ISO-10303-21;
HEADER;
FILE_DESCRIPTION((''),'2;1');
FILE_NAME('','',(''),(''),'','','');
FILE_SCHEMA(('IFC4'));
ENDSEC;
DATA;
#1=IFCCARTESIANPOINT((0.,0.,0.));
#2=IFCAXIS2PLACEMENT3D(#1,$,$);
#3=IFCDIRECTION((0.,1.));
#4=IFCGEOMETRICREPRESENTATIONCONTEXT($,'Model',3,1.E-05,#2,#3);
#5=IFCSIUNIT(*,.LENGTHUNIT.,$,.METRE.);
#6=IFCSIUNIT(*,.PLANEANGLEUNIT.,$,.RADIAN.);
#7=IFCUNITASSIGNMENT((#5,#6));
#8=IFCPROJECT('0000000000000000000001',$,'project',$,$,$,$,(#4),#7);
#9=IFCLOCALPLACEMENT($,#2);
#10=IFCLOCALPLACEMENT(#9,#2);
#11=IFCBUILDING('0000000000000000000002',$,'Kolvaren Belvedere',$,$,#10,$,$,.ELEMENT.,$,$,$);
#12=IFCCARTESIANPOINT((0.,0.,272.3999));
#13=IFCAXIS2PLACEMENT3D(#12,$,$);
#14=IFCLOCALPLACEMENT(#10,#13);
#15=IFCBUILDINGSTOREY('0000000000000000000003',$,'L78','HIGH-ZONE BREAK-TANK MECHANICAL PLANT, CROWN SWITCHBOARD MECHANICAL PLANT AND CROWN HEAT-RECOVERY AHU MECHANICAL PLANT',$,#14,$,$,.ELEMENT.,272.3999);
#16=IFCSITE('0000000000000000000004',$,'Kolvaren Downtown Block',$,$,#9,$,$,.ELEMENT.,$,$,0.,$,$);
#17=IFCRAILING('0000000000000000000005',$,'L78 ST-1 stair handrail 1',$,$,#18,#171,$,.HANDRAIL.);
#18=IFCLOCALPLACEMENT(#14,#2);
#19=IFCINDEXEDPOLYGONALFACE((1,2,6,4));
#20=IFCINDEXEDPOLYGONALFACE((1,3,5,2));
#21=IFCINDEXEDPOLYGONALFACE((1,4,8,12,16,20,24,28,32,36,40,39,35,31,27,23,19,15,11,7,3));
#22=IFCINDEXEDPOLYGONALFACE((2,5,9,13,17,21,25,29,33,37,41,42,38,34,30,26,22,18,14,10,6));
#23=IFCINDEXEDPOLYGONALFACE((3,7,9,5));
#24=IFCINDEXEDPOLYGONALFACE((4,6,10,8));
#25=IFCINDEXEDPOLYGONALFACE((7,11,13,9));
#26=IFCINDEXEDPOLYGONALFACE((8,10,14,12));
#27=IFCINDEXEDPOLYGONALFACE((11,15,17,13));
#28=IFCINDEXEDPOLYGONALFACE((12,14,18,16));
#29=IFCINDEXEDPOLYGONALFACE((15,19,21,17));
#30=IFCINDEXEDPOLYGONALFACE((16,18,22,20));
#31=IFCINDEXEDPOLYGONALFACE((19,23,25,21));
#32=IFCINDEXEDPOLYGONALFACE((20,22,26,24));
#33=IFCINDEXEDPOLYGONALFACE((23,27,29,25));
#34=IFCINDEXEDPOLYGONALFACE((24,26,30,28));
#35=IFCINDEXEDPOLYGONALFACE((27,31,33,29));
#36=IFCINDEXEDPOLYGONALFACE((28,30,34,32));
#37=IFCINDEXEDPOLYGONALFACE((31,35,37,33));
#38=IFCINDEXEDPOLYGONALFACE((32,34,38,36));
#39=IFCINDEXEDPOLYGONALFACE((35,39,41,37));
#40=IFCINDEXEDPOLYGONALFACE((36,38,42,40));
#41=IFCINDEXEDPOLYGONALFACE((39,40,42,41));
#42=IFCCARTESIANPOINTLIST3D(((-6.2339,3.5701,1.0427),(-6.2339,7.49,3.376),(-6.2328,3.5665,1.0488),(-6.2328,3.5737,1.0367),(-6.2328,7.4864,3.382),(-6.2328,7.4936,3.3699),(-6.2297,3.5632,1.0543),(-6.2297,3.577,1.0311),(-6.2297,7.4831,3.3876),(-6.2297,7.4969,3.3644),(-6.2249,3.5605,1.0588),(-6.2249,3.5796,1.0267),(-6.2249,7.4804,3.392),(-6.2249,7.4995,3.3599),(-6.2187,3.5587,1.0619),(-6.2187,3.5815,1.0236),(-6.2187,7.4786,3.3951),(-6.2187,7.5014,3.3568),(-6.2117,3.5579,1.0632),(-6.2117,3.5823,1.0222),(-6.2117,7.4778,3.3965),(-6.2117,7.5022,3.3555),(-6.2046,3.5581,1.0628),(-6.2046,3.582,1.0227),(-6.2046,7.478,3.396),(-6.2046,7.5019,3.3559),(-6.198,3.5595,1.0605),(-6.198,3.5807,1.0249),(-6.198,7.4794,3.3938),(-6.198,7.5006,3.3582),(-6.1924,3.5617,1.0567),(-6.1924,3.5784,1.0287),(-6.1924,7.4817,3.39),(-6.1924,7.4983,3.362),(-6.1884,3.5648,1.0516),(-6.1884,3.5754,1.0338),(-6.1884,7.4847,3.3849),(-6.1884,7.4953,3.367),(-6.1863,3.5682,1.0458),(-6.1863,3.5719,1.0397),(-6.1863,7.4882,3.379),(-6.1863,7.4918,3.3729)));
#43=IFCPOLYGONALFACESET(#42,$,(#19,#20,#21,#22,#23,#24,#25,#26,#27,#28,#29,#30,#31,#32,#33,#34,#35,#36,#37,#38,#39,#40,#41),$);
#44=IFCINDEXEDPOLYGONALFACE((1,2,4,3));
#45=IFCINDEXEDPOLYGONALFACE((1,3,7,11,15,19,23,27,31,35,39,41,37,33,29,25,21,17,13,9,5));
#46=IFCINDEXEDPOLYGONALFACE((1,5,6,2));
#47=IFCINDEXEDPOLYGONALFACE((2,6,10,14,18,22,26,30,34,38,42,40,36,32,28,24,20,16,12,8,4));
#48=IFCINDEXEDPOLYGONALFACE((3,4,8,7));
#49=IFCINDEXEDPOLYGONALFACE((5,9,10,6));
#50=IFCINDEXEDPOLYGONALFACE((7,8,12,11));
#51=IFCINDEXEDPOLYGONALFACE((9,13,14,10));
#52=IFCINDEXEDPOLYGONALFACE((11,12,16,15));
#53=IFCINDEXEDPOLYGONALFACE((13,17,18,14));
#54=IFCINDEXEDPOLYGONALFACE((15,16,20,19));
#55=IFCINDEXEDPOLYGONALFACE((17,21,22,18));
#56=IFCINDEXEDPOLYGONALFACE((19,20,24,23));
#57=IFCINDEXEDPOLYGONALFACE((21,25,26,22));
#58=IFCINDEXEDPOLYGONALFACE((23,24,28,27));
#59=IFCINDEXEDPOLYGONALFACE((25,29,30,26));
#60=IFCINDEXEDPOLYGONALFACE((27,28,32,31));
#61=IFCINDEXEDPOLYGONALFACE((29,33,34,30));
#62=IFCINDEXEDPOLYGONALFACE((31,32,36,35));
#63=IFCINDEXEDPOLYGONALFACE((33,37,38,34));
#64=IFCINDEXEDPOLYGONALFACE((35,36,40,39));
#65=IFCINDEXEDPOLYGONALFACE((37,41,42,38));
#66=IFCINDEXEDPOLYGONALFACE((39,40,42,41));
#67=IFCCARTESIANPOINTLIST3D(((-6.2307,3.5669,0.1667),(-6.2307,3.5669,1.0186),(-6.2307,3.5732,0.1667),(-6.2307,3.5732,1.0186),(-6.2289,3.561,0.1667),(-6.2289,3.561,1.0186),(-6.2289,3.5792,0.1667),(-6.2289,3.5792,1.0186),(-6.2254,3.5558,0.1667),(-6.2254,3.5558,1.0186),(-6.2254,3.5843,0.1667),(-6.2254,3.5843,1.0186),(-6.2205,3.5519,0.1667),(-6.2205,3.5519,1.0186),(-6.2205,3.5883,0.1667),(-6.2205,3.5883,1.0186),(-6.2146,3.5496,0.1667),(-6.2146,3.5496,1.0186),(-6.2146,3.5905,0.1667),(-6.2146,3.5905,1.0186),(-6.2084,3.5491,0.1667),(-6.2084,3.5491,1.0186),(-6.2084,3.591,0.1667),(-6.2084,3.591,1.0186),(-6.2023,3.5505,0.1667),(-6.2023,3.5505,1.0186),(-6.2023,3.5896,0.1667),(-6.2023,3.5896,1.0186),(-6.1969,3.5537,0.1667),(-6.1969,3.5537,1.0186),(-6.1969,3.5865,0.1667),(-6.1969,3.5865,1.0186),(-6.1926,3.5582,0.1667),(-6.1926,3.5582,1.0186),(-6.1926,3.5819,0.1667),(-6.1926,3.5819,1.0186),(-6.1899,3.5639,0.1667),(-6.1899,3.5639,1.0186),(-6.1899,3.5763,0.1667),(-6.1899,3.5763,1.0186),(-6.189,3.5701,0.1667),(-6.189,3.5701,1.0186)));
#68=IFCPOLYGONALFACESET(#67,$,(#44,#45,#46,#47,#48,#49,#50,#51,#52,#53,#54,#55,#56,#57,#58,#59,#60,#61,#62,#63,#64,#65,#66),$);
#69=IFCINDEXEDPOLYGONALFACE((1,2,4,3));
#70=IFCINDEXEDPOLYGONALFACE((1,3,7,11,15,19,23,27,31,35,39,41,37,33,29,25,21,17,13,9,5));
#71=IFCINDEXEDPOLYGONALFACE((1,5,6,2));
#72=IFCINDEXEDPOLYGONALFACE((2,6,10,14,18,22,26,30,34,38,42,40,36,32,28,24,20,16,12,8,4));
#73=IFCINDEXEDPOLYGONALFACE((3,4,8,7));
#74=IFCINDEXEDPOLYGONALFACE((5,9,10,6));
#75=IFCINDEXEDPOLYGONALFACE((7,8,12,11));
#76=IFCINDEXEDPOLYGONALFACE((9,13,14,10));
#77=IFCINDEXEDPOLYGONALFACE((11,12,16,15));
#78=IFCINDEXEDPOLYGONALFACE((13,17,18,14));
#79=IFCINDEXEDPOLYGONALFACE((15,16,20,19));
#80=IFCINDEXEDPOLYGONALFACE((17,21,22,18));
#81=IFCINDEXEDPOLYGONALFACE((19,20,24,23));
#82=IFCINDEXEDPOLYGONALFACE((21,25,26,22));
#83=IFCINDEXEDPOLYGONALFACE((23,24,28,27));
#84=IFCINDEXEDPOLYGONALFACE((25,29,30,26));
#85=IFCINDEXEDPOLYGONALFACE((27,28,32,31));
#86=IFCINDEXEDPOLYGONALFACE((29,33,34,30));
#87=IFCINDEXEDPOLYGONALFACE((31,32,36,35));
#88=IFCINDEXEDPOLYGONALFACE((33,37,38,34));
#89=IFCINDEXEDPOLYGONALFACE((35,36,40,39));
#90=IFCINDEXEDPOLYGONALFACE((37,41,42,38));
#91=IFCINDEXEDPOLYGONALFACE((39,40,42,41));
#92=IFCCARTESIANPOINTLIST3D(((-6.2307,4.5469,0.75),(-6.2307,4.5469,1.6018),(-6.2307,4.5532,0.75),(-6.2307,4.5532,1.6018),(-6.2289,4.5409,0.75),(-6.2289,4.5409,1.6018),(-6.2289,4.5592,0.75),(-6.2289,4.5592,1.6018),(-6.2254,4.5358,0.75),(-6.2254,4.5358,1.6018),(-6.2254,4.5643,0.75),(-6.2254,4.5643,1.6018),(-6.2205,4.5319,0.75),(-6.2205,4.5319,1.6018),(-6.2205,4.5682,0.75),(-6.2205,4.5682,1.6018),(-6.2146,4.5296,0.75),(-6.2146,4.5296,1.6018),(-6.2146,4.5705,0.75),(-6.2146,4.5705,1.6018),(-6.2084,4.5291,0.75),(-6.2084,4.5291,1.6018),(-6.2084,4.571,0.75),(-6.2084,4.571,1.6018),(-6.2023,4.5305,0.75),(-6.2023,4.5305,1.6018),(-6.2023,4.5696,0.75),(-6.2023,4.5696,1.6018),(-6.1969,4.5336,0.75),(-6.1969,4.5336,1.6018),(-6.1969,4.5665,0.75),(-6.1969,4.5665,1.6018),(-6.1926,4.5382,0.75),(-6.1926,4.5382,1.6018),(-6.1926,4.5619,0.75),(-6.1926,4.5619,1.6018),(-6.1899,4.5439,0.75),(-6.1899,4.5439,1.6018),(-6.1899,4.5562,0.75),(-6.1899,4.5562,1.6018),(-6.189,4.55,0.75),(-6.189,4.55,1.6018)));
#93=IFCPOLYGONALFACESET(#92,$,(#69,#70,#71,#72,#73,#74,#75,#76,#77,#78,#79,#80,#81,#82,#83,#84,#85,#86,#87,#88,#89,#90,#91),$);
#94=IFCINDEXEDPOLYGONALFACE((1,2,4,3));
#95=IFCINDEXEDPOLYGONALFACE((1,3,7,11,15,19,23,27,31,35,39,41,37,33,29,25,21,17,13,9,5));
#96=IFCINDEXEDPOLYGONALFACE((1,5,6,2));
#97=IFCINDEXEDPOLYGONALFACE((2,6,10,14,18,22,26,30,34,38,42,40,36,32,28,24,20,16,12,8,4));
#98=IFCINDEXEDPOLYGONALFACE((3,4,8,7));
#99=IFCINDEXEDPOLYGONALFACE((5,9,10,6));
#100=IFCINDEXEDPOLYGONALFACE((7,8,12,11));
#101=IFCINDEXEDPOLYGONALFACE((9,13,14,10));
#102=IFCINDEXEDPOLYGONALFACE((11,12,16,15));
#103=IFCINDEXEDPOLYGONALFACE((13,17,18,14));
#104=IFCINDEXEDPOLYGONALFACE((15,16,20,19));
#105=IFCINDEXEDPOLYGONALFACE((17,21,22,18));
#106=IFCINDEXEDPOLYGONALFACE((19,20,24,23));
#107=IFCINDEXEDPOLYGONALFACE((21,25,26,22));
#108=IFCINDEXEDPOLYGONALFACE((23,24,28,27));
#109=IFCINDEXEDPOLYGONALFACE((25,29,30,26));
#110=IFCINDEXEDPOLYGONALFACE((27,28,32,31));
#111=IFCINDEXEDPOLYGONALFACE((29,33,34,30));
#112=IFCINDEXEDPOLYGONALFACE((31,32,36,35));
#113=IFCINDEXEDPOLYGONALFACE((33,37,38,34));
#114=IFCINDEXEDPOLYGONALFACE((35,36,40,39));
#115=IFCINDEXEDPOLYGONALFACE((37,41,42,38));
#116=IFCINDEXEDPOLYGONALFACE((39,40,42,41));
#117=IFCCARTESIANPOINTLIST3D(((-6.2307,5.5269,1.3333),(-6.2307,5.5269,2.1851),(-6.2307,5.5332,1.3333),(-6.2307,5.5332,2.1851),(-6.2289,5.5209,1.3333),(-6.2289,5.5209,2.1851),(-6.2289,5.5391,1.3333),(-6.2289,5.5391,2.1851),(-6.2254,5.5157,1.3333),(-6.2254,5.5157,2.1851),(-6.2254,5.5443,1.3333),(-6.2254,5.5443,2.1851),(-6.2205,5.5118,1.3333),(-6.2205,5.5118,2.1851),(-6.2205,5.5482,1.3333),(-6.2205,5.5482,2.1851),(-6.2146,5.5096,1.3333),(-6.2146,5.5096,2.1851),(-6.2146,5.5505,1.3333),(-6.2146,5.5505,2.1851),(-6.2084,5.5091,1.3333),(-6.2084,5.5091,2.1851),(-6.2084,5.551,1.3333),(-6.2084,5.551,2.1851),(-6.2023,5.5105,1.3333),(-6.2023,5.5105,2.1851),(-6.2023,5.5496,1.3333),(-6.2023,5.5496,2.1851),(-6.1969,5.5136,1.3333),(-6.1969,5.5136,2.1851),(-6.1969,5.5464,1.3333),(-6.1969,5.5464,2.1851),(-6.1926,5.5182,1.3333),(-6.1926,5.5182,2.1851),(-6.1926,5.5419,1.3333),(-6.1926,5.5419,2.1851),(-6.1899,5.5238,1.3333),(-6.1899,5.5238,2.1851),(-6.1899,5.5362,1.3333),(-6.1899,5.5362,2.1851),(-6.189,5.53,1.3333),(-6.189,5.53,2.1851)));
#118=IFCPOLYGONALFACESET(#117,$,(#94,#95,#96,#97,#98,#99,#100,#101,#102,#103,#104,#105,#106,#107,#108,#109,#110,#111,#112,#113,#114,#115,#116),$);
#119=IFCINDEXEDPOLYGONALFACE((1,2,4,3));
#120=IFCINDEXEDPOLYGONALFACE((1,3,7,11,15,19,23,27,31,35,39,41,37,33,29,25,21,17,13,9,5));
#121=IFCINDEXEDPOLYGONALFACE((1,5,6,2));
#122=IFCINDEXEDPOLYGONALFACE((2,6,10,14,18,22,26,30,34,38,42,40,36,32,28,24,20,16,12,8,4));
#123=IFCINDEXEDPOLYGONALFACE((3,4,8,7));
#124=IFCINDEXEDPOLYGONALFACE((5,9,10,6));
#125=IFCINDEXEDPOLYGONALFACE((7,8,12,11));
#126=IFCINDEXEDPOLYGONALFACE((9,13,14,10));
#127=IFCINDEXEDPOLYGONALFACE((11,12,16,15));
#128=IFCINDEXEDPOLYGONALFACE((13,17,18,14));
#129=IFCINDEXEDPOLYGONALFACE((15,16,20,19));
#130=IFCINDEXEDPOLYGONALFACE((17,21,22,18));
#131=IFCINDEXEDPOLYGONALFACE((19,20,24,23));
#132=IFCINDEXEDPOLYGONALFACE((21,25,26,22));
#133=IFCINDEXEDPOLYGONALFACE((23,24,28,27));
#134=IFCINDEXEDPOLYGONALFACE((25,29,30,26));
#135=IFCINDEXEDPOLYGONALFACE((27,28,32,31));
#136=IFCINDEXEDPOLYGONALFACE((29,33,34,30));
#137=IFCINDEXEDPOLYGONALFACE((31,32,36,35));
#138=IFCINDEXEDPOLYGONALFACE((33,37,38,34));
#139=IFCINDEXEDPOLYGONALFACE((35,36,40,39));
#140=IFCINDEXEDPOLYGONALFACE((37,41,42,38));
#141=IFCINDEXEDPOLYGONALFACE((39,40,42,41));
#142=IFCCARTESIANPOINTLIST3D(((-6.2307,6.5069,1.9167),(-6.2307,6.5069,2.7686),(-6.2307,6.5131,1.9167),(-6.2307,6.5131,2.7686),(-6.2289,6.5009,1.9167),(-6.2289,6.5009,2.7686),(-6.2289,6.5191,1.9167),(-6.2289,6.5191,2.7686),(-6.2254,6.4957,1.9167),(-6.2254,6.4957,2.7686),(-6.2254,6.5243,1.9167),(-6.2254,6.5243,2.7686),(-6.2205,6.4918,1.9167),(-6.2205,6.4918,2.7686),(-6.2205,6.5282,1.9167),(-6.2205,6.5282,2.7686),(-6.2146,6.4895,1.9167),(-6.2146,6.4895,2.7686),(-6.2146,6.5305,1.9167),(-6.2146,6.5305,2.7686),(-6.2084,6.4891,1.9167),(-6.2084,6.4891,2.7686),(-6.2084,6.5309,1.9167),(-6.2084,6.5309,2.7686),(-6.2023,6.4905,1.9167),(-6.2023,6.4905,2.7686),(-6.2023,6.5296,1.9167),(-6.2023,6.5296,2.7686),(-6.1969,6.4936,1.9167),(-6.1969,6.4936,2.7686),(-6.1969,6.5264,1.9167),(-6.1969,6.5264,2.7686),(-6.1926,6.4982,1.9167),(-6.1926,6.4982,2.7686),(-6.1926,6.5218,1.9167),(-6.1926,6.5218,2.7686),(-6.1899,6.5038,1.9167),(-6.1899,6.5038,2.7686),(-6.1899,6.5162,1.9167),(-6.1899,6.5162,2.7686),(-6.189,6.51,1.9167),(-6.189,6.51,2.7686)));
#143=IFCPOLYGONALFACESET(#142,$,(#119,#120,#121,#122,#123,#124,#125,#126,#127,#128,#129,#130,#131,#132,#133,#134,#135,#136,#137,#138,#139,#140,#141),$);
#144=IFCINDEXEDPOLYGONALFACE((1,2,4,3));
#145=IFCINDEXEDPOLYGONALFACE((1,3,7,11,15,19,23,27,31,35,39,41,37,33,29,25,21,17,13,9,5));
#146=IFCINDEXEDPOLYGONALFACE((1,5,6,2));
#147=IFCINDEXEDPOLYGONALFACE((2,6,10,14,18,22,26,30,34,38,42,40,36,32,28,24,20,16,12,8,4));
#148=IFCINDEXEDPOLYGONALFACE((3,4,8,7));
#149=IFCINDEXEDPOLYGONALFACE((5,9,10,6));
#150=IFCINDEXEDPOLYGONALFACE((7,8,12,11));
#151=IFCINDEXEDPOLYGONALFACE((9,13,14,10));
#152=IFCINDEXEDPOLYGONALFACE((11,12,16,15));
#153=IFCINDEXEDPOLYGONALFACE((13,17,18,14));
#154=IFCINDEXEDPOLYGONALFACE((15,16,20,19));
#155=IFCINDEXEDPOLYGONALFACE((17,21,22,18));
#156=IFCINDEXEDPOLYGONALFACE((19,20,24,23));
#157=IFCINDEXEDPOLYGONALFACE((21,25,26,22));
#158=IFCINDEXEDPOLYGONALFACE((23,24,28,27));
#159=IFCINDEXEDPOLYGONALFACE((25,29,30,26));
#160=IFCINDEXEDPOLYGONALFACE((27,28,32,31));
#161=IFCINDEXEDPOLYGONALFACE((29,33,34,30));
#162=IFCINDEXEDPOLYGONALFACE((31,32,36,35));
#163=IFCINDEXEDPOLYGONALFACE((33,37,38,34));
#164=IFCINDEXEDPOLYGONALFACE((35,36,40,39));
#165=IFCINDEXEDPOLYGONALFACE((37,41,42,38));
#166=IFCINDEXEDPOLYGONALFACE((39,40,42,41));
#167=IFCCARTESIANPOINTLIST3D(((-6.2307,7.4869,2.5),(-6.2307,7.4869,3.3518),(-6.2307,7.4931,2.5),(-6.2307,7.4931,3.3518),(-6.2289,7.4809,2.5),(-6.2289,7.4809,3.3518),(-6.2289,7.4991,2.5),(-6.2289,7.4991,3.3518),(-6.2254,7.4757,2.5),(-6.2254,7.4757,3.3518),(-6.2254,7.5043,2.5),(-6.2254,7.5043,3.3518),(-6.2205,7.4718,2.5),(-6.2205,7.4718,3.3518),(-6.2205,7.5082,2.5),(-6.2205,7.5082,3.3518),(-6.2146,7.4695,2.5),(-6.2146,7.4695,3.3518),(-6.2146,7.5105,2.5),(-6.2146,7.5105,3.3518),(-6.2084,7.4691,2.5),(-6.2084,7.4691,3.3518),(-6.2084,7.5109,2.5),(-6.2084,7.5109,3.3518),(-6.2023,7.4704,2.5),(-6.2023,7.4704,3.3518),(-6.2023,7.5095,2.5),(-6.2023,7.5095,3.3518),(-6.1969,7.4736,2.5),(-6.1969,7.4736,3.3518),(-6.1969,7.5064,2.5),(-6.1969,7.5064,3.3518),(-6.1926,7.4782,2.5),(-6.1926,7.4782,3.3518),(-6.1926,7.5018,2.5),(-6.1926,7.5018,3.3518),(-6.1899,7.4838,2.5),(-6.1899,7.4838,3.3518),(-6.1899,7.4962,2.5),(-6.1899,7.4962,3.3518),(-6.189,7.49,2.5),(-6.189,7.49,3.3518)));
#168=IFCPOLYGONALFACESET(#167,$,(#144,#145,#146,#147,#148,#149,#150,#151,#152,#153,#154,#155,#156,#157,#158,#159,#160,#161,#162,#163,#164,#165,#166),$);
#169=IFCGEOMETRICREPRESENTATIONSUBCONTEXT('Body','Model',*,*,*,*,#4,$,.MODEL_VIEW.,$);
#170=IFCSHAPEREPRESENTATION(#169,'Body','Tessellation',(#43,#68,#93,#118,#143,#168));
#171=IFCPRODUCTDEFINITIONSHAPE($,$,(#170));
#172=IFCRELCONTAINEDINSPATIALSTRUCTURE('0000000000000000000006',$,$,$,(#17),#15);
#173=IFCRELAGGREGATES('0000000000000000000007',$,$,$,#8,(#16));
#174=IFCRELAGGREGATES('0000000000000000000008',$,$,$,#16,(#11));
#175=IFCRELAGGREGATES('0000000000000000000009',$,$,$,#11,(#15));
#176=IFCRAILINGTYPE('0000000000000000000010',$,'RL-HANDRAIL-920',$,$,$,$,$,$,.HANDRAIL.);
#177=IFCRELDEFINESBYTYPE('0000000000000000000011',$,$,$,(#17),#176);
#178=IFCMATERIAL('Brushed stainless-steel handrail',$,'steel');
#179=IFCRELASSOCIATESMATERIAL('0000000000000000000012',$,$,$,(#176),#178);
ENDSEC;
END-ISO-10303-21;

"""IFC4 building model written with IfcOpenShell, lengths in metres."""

from ifc_helpers import new_model, si_unit, direction, frame, origin, origin_2d, place, context, subcontext, project, spatial, circle, extrude, material, type_object, element, save


model = new_model("IFC4")

# Units and contexts
model_context = context("Model", 3, precision=1e-05, world=origin(), true_north=direction((0.0, 1.0)))
body_context = subcontext(model_context, "Body", "Model", "MODEL_VIEW")
ifc_project = project(units=[si_unit("LENGTHUNIT", "METRE"), si_unit("PLANEANGLEUNIT", "RADIAN")], contexts=[model_context])

# Site, building, storey
site_placement = place(None, origin())
site = spatial("IfcSite", under=ifc_project, at=site_placement, Name="Kolvaren Downtown Block", CompositionType="ELEMENT", RefElevation=0.0)
building_placement = place(site_placement, origin())
building = spatial("IfcBuilding", under=site, at=building_placement, Name="Kolvaren Belvedere", CompositionType="ELEMENT")
storey_placement = place(building_placement, frame((0.0, 0.0, 272.3999)))
storey = spatial("IfcBuildingStorey", under=building, at=storey_placement, Name="L78", Description="HIGH-ZONE BREAK-TANK MECHANICAL PLANT, CROWN SWITCHBOARD MECHANICAL PLANT AND CROWN HEAT-RECOVERY AHU MECHANICAL PLANT", CompositionType="ELEMENT", Elevation=272.3999)

# Railing
ifc_material_1 = material(Name="Brushed stainless-steel handrail", Category="steel")
railing_type_1 = type_object("IfcRailingType", Name="RL-HANDRAIL-920", PredefinedType="HANDRAIL", material=ifc_material_1)
railing_1_placement = place(storey_placement, frame((-6.21, 3.5701, 0.1667)))
element("IfcRailing", 1, at=railing_1_placement, inside=storey, type_object=railing_type_1, Name="L78 ST-1 stair handrail 1", PredefinedType="HANDRAIL", context=body_context, shape_type="SweptSolid", body=[
    extrude(circle(Radius=0.0239, at=origin_2d()), frame((0.0, 0.0, 0.876), z_axis=(0.0, 0.859296, 0.511478), x_axis=(-1.0, 0.0, 0.0)), (0.0, 0.0, 1.0), 4.5618),
    extrude(circle(Radius=0.021, at=origin_2d()), origin(), (0.0, 0.0, 1.0), 0.8518),
    extrude(circle(Radius=0.021, at=origin_2d()), frame((0.0, 0.98, 0.5833)), (0.0, 0.0, 1.0), 0.8518),
    extrude(circle(Radius=0.021, at=origin_2d()), frame((0.0, 1.96, 1.1665)), (0.0, 0.0, 1.0), 0.8518),
    extrude(circle(Radius=0.021, at=origin_2d()), frame((0.0, 2.9399, 1.75)), (0.0, 0.0, 1.0), 0.8518),
    extrude(circle(Radius=0.021, at=origin_2d()), frame((0.0, 3.9199, 2.3333)), (0.0, 0.0, 1.0), 0.8518),
])

save(model, "model.ifc")
